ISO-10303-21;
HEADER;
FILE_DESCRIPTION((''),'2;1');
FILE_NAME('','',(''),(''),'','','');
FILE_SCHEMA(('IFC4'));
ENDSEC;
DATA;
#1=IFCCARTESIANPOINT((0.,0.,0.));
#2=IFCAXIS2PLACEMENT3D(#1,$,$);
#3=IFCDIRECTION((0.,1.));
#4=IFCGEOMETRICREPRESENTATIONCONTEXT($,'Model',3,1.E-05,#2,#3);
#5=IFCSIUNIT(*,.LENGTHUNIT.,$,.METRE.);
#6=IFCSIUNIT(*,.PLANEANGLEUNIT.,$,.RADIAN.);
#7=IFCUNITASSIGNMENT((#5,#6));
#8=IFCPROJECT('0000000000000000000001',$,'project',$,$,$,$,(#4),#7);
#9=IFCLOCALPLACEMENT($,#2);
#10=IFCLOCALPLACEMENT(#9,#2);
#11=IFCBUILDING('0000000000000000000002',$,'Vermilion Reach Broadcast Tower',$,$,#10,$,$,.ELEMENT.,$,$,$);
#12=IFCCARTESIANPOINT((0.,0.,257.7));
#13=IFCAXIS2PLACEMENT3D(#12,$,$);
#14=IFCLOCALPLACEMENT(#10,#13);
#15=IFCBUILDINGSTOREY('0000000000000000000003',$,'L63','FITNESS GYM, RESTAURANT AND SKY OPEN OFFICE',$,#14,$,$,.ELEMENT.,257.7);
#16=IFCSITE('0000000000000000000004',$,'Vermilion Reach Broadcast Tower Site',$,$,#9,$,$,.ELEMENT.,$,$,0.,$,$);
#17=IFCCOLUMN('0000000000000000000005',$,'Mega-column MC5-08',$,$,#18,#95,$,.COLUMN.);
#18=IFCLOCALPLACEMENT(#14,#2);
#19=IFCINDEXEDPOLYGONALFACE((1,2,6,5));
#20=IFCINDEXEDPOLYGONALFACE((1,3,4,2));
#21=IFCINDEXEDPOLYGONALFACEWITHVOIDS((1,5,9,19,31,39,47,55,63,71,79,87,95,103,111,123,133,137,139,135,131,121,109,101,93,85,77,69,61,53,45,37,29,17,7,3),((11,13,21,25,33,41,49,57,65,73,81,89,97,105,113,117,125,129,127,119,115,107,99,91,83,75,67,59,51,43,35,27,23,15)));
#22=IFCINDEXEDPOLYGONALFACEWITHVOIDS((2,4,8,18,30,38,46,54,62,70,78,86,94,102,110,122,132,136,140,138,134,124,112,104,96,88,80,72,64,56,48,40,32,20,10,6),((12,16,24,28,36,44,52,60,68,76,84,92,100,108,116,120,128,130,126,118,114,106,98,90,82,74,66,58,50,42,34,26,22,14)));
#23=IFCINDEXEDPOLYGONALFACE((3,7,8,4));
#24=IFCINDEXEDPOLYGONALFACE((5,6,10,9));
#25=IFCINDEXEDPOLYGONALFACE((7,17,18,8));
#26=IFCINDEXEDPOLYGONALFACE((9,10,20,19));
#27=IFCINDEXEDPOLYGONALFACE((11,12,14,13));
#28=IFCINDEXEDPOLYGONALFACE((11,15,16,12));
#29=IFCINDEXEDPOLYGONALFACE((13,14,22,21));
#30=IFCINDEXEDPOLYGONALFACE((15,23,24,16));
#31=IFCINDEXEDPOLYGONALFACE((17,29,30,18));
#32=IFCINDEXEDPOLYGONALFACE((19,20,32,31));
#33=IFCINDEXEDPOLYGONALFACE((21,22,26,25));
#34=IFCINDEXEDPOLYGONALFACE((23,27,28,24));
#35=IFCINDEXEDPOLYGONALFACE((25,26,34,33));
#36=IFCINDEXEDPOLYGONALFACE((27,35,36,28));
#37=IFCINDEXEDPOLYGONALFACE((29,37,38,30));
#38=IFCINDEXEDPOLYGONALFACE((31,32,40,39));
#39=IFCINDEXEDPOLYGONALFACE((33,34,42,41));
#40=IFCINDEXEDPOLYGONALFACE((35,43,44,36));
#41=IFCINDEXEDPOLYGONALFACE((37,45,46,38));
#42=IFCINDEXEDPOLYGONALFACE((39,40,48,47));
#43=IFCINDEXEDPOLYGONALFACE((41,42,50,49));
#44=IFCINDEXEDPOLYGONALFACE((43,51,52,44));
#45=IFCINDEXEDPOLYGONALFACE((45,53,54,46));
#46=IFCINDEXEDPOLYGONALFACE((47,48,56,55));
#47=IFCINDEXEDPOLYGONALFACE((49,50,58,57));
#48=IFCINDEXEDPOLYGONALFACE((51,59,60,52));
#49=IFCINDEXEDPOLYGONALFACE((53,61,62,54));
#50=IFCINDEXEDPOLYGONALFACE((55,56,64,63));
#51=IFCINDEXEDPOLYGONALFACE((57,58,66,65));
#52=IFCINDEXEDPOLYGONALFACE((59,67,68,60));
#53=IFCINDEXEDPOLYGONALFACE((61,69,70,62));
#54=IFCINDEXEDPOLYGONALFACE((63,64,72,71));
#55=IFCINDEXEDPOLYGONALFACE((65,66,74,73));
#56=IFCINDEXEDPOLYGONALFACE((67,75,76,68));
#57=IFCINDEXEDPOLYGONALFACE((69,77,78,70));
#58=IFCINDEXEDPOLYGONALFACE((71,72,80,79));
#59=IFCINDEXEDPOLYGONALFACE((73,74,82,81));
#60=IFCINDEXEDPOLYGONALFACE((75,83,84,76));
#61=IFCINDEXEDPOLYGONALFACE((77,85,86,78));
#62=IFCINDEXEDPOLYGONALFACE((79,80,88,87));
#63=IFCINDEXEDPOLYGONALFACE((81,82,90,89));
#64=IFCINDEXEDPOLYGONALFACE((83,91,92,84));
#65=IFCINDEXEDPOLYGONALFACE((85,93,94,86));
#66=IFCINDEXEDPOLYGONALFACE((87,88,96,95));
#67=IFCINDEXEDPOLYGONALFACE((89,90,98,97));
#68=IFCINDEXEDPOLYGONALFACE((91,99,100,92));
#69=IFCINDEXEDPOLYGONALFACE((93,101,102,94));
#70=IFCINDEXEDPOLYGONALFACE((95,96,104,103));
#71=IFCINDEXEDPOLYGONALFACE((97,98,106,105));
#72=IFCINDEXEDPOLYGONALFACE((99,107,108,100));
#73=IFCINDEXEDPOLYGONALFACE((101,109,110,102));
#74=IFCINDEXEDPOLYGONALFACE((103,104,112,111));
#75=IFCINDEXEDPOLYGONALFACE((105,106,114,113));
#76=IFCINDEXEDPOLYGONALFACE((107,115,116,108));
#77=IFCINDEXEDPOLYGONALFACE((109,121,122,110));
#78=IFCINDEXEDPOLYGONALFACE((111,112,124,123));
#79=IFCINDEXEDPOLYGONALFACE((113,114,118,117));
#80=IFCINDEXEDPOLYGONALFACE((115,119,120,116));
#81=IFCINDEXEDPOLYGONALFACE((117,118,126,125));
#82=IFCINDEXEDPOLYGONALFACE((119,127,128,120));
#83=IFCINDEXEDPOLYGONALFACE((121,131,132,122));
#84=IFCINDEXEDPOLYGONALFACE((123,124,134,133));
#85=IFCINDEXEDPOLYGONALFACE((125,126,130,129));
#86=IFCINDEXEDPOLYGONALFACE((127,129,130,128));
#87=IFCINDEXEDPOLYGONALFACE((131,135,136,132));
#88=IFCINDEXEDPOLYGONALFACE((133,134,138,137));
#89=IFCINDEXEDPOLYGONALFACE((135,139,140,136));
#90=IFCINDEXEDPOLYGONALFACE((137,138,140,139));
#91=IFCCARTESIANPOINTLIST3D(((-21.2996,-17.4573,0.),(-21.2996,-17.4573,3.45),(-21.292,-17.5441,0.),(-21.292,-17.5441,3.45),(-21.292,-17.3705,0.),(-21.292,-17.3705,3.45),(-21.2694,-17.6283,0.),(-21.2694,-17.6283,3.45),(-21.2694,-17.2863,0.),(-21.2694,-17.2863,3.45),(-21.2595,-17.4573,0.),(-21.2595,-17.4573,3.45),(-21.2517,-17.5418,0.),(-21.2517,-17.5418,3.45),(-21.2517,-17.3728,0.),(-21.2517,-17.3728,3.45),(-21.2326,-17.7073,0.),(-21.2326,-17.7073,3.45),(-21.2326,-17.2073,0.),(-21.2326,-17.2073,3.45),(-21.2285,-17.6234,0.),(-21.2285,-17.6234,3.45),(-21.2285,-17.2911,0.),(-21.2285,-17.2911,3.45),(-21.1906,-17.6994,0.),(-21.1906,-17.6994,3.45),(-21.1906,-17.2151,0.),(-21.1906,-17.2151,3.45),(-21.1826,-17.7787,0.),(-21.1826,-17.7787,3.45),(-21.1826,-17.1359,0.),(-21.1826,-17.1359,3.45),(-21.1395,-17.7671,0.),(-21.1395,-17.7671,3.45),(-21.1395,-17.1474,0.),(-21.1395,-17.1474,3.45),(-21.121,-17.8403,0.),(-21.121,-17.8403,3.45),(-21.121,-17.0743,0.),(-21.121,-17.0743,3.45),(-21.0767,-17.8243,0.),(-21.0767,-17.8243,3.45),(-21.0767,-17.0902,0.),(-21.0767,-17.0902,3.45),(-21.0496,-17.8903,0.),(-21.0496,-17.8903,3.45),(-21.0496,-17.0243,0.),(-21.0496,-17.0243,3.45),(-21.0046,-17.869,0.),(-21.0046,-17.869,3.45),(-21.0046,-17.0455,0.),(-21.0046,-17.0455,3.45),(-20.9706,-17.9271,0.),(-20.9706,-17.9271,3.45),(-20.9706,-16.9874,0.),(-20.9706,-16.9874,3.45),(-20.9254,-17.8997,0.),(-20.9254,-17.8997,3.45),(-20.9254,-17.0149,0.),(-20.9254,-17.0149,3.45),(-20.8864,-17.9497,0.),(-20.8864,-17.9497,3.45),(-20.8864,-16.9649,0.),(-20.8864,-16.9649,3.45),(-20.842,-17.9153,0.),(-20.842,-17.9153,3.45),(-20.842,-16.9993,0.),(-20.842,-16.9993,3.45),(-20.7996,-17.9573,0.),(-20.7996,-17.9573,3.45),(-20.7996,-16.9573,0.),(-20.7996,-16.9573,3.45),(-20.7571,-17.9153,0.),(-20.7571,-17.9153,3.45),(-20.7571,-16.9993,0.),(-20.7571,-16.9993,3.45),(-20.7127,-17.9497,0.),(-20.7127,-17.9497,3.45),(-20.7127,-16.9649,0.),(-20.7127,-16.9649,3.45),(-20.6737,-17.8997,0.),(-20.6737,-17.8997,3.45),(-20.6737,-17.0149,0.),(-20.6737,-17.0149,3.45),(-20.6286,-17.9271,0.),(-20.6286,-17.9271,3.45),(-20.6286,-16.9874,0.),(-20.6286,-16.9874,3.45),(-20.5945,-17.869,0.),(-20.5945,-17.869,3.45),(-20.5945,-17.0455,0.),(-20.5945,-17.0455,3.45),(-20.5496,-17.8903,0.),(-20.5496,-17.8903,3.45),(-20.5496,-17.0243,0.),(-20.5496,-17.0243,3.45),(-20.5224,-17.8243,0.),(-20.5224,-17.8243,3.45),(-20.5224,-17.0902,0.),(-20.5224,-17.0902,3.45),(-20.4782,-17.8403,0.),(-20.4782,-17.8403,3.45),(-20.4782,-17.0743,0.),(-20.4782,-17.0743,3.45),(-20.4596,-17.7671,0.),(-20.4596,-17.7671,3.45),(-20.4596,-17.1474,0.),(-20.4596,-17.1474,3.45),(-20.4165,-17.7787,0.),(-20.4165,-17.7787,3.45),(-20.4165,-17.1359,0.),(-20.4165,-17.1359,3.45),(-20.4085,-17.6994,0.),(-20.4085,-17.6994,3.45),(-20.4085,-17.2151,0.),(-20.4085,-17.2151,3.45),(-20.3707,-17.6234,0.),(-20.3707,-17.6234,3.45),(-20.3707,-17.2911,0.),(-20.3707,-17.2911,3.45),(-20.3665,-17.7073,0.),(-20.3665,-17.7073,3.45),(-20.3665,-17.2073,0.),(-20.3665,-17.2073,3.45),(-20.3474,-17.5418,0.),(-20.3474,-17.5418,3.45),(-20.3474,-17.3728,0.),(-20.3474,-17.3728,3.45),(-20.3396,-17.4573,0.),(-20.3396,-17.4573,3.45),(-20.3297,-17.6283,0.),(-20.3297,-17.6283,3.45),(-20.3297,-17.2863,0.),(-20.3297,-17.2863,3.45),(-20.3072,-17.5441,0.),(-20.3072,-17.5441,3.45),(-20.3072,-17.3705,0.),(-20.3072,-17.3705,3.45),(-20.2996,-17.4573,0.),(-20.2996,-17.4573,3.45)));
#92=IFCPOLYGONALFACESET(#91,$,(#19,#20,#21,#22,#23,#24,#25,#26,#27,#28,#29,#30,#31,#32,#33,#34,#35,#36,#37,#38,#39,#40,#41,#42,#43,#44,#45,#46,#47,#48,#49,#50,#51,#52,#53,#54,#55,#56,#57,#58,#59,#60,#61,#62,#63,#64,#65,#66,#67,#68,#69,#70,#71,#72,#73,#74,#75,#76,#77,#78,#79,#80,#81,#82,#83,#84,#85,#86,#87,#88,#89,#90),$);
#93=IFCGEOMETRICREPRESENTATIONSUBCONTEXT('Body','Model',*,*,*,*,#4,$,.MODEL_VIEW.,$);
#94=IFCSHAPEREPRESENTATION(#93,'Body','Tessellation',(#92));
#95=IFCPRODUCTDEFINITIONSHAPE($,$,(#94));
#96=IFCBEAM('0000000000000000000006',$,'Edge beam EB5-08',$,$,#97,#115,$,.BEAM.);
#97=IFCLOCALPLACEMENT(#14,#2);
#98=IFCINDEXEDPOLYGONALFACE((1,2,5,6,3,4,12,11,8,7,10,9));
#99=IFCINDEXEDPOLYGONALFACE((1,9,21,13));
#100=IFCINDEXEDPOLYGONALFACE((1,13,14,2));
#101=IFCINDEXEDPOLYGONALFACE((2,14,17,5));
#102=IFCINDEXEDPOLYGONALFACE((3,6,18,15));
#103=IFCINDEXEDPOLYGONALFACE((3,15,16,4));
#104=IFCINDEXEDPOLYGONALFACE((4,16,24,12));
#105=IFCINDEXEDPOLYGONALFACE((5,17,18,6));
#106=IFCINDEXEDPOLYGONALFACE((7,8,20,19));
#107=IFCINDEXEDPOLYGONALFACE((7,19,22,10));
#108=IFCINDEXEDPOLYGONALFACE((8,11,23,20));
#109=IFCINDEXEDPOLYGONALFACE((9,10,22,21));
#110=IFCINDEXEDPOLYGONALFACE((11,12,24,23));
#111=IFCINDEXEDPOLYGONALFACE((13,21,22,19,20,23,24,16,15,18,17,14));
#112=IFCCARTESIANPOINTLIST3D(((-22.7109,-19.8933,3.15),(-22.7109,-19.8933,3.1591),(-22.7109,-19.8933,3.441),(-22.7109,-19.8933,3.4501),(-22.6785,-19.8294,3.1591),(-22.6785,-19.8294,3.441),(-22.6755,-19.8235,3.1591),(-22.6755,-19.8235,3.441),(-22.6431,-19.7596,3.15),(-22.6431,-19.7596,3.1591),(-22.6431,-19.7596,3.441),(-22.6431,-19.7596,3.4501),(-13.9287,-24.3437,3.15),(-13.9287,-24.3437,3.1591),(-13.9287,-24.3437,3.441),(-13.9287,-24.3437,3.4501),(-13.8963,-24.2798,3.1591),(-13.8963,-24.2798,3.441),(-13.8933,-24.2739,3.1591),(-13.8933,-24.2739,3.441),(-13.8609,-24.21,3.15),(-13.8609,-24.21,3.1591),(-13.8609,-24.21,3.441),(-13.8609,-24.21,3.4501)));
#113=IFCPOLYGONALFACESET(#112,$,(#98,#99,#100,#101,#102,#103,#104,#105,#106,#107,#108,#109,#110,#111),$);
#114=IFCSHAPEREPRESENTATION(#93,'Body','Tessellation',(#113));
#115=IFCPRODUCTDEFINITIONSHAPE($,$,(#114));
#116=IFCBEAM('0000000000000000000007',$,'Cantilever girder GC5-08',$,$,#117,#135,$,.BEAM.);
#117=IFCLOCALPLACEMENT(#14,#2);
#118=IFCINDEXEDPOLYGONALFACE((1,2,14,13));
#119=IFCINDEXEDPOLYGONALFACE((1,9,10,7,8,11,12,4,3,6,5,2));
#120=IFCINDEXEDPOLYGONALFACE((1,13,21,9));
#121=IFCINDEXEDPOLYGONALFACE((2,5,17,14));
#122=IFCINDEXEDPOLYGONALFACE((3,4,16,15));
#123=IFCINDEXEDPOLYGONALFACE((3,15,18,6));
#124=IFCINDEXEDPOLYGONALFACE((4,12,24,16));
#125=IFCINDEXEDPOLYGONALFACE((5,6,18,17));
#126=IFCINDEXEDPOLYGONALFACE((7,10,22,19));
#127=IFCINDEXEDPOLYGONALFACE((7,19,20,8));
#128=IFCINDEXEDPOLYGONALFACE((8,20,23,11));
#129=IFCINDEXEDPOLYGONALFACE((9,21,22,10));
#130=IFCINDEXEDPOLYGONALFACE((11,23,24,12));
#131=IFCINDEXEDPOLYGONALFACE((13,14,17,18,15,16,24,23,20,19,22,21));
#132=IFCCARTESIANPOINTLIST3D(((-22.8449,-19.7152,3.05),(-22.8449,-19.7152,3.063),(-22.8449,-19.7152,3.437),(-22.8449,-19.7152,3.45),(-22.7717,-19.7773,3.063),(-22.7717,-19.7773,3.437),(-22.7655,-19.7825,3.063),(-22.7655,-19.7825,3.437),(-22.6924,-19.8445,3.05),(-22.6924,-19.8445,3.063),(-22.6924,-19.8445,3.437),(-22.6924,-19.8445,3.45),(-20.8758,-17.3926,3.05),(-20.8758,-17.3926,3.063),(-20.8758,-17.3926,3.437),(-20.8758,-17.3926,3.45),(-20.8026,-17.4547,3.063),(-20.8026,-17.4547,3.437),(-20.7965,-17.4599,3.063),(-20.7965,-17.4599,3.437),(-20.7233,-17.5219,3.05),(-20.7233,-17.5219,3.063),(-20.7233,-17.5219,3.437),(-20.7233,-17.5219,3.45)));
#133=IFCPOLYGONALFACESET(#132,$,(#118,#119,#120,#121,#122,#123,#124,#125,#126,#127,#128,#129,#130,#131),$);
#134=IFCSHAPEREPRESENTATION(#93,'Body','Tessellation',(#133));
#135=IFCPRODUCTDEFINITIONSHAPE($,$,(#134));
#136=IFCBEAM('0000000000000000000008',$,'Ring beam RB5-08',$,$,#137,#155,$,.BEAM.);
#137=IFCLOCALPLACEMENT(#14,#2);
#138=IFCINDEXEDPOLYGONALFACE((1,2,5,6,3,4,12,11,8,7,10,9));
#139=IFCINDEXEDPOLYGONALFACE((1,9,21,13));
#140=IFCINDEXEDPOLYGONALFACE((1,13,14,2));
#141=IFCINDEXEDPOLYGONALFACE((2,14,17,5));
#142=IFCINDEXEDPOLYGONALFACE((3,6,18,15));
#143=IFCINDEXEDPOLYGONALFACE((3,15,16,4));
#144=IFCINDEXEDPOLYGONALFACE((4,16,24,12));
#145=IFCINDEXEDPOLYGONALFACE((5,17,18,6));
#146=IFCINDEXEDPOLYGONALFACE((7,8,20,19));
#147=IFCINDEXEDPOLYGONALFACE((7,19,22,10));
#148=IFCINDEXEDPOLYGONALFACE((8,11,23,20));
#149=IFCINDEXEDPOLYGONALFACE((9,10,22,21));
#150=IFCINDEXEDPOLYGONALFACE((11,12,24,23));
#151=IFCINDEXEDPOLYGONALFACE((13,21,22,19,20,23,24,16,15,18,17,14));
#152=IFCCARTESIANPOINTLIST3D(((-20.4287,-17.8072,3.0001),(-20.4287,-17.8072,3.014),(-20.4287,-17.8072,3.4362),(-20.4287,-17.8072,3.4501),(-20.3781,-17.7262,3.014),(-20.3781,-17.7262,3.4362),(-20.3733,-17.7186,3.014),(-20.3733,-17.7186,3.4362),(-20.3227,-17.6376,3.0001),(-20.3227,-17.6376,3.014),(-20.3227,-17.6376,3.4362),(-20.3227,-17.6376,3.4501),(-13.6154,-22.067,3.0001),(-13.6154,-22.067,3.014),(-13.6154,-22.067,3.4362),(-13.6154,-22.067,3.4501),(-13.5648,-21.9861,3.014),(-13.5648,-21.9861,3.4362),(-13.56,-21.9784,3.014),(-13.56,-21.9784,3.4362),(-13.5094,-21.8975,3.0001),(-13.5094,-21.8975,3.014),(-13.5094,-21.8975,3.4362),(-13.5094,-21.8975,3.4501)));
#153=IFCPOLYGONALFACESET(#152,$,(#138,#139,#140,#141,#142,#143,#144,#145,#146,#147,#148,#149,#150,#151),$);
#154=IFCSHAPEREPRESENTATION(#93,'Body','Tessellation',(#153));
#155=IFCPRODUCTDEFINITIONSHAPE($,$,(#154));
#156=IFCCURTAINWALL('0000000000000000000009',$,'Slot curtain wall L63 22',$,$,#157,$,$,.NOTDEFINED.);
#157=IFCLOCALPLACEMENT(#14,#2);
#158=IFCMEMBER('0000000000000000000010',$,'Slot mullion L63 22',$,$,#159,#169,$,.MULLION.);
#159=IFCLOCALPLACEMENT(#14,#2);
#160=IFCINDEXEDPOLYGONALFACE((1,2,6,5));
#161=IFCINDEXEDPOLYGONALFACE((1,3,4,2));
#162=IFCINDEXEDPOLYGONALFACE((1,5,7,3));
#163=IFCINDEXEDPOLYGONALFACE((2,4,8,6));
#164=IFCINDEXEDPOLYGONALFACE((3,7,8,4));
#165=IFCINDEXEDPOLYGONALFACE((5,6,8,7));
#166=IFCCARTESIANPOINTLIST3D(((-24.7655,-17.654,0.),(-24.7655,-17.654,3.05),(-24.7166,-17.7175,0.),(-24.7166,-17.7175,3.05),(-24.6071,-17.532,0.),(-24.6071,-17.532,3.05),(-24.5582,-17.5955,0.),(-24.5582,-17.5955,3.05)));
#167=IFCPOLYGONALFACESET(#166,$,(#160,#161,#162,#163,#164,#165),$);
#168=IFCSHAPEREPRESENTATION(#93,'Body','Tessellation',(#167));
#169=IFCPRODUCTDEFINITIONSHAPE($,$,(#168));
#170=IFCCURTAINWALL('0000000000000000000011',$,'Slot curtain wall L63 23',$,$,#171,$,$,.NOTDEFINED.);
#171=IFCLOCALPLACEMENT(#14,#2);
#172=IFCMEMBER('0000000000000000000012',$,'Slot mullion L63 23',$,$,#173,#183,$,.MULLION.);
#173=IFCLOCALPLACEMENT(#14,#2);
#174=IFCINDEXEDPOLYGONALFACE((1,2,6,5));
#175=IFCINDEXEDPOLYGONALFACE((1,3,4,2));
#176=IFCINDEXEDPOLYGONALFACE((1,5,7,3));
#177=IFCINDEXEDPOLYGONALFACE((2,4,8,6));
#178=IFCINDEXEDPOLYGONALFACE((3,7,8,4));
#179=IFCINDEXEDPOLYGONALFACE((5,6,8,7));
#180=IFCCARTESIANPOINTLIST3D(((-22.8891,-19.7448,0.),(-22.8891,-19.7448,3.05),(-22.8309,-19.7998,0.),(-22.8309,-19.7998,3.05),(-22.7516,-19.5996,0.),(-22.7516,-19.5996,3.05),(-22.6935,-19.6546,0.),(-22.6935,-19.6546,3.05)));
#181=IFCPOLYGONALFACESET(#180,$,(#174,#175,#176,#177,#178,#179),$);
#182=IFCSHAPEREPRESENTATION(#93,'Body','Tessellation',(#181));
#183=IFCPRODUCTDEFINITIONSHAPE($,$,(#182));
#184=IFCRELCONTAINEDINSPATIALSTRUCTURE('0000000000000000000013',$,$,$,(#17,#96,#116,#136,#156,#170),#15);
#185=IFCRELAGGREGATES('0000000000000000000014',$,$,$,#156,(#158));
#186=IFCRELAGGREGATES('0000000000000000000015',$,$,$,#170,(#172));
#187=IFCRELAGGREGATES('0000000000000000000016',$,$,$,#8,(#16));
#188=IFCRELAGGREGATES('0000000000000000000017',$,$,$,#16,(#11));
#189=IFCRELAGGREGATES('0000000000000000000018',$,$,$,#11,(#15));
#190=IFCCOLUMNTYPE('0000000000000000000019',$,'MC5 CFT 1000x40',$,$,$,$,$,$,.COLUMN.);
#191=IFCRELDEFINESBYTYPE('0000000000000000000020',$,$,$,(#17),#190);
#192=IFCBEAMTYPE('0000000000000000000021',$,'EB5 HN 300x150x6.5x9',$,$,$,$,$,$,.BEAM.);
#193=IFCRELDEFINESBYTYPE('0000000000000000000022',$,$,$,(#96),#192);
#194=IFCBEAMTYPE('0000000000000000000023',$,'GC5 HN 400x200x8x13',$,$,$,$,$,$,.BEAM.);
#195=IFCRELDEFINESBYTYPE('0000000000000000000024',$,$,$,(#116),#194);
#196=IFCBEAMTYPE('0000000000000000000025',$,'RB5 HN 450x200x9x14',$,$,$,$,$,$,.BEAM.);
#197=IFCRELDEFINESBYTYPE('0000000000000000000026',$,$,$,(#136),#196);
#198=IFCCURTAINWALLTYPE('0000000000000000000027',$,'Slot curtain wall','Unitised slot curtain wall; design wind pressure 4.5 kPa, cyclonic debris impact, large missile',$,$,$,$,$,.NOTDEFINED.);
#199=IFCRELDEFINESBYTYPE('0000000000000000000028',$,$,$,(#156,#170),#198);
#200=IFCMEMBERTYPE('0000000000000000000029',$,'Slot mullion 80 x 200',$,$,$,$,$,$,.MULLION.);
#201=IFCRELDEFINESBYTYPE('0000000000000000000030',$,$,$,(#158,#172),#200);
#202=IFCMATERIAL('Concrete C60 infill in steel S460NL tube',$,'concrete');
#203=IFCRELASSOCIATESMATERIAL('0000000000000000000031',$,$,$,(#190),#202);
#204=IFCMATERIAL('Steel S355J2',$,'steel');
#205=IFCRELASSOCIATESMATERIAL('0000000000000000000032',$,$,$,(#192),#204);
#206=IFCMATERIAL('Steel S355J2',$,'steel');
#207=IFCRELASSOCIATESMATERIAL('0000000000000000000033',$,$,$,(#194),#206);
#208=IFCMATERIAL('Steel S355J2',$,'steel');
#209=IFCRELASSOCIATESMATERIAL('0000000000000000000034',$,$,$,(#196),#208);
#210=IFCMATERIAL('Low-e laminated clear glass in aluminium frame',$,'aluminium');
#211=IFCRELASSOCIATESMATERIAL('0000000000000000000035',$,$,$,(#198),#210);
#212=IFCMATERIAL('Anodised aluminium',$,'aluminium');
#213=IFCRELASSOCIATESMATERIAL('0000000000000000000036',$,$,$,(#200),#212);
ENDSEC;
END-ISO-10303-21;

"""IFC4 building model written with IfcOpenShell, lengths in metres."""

from ifc_helpers import new_model, si_unit, direction, frame, origin, origin_2d, place, context, subcontext, project, spatial, rectangle, hollow_circle, i_section, extrude, material, material_profile, profile_set, type_object, element, aggregate, save


model = new_model("IFC4")

# Units and contexts
model_context = context("Model", 3, precision=1e-05, world=origin(), true_north=direction((0.0, 1.0)))
body_context = subcontext(model_context, "Body", "Model", "MODEL_VIEW")
ifc_project = project(units=[si_unit("LENGTHUNIT", "METRE"), si_unit("PLANEANGLEUNIT", "RADIAN")], contexts=[model_context])

# Site, building, storey
site_placement = place(None, origin())
site = spatial("IfcSite", under=ifc_project, at=site_placement, Name="Vermilion Reach Broadcast Tower Site", CompositionType="ELEMENT", RefElevation=0.0)
building_placement = place(site_placement, origin())
building = spatial("IfcBuilding", under=site, at=building_placement, Name="Vermilion Reach Broadcast Tower", CompositionType="ELEMENT")
storey_placement = place(building_placement, frame((0.0, 0.0, 257.7)))
storey = spatial("IfcBuildingStorey", under=building, at=storey_placement, Name="L63", Description="FITNESS GYM, RESTAURANT AND SKY OPEN OFFICE", CompositionType="ELEMENT", Elevation=257.7)

# Column
ifc_material_1 = material(Name="Concrete C60 infill in steel S460NL tube", Category="concrete")
ifc_material_profile_1 = material_profile(ifc_material_1, hollow_circle(Radius=0.5, WallThickness=0.04, at=origin_2d()), Name="Concrete C60 infill in steel S460NL tube CFT 1000x40")
ifc_profile_set_1 = profile_set([ifc_material_profile_1], Name="Concrete C60 infill in steel S460NL tube")
column_type = type_object("IfcColumnType", Name="MC5 CFT 1000x40", PredefinedType="COLUMN", material=ifc_profile_set_1)
column_placement = place(storey_placement, frame((-20.7996, -17.4573, 0.0), z_axis=(0.0, 0.0, 1.0), x_axis=(1.0, 0.0, 0.0)))
element("IfcColumn", 1, at=column_placement, inside=storey, type_object=column_type, Name="Mega-column MC5-08", PredefinedType="COLUMN", context=body_context, shape_type="SweptSolid", body=[
    extrude(hollow_circle(Radius=0.5, WallThickness=0.04, at=origin_2d()), origin(), (0.0, 0.0, 1.0), 3.45),
])

# Beams
ifc_material_2 = material(Name="Steel S355J2", Category="steel")
ifc_material_profile_2 = material_profile(ifc_material_2, i_section(OverallWidth=0.1499, OverallDepth=0.3, WebThickness=0.0066, FlangeThickness=0.009, at=origin_2d()), Name="S355J2 HN 300x150x6.5x9")
ifc_profile_set_2 = profile_set([ifc_material_profile_2], Name="Steel S355J2")
beam_type_1 = type_object("IfcBeamType", Name="EB5 HN 300x150x6.5x9", PredefinedType="BEAM", material=ifc_profile_set_2)
beam_1_placement = place(storey_placement, frame((-22.677, -19.8264, 3.3), z_axis=(0.892004, -0.452028, 0.0), x_axis=(0.452028, 0.892004, 0.0)))
element("IfcBeam", 2, at=beam_1_placement, inside=storey, type_object=beam_type_1, Name="Edge beam EB5-08", PredefinedType="BEAM", context=body_context, shape_type="SweptSolid", body=[
    extrude(i_section(OverallWidth=0.1499, OverallDepth=0.3, WebThickness=0.0066, FlangeThickness=0.009, at=origin_2d()), origin(), (0.0, 0.0, 1.0), 9.8455),
])
ifc_material_3 = material(Name="Steel S355J2", Category="steel")
ifc_material_profile_3 = material_profile(ifc_material_3, i_section(OverallWidth=0.2, OverallDepth=0.3999, WebThickness=0.0081, FlangeThickness=0.0129, at=origin_2d()), Name="S355J2 HN 400x200x8x13")
ifc_profile_set_3 = profile_set([ifc_material_profile_3], Name="Steel S355J2")
beam_type_2 = type_object("IfcBeamType", Name="GC5 HN 400x200x8x13", PredefinedType="BEAM", material=ifc_profile_set_3)
beam_2_placement = place(storey_placement, frame((-20.7996, -17.4573, 3.25), z_axis=(-0.646668, -0.762772, 0.0), x_axis=(0.762772, -0.646668, 0.0)))
element("IfcBeam", 3, at=beam_2_placement, inside=storey, type_object=beam_type_2, Name="Cantilever girder GC5-08", PredefinedType="BEAM", context=body_context, shape_type="SweptSolid", body=[
    extrude(i_section(OverallWidth=0.2, OverallDepth=0.3999, WebThickness=0.0081, FlangeThickness=0.0129, at=origin_2d()), origin(), (0.0, 0.0, 1.0), 3.0449),
])
ifc_material_4 = material(Name="Steel S355J2", Category="steel")
ifc_material_profile_4 = material_profile(ifc_material_4, i_section(OverallWidth=0.2, OverallDepth=0.45, WebThickness=0.009, FlangeThickness=0.0139, at=origin_2d()), Name="S355J2 HN 450x200x9x14")
ifc_profile_set_4 = profile_set([ifc_material_profile_4], Name="Steel S355J2")
beam_type_3 = type_object("IfcBeamType", Name="RB5 HN 450x200x9x14", PredefinedType="BEAM", material=ifc_profile_set_4)
beam_3_placement = place(storey_placement, frame((-20.3757, -17.7224, 3.2251), z_axis=(0.847915, -0.530133, 0.0), x_axis=(0.530133, 0.847915, 0.0)))
element("IfcBeam", 4, at=beam_3_placement, inside=storey, type_object=beam_type_3, Name="Ring beam RB5-08", PredefinedType="BEAM", context=body_context, shape_type="SweptSolid", body=[
    extrude(i_section(OverallWidth=0.2, OverallDepth=0.45, WebThickness=0.009, FlangeThickness=0.0139, at=origin_2d()), origin(), (0.0, 0.0, 1.0), 8.0354),
])

# Curtain walls, members
ifc_material_5 = material(Name="Low-e laminated clear glass in aluminium frame", Category="aluminium")
curtain_wall_type = type_object("IfcCurtainWallType", Name="Slot curtain wall", Description="Unitised slot curtain wall; design wind pressure 4.5 kPa, cyclonic debris impact, large missile", PredefinedType="NOTDEFINED", material=ifc_material_5)
placement = place(storey_placement, origin())
curtain_wall_1 = element("IfcCurtainWall", 5, at=placement, inside=storey, type_object=curtain_wall_type, Name="Slot curtain wall L63 22", PredefinedType="NOTDEFINED")
ifc_material_6 = material(Name="Anodised aluminium", Category="aluminium")
ifc_material_profile_5 = material_profile(ifc_material_6, rectangle(XDim=0.2, YDim=0.0801, at=origin_2d()), Name="Slot mullion 80 x 200")
ifc_profile_set_5 = profile_set([ifc_material_profile_5], Name="Anodised aluminium")
member_type_1 = type_object("IfcMemberType", Name="Slot mullion 80 x 200", PredefinedType="MULLION", material=ifc_profile_set_5)
member_1_placement = place(storey_placement, frame((-24.6619, -17.6248, 0.0), z_axis=(0.0, 0.0, 1.0), x_axis=(0.79222, 0.610235, 0.0)))
member_1 = element("IfcMember", 6, at=member_1_placement, type_object=member_type_1, Name="Slot mullion L63 22", PredefinedType="MULLION", context=body_context, shape_type="SweptSolid", body=[
    extrude(rectangle(XDim=0.2, YDim=0.0801, at=origin_2d()), origin(), (0.0, 0.0, 1.0), 3.05),
])
curtain_wall_2 = element("IfcCurtainWall", 7, at=placement, inside=storey, type_object=curtain_wall_type, Name="Slot curtain wall L63 23", PredefinedType="NOTDEFINED")
member_2_placement = place(storey_placement, frame((-22.7913, -19.6997, 0.0), z_axis=(0.0, 0.0, 1.0), x_axis=(0.687454, 0.726228, 0.0)))
member_2 = element("IfcMember", 8, at=member_2_placement, type_object=member_type_1, Name="Slot mullion L63 23", PredefinedType="MULLION", context=body_context, shape_type="SweptSolid", body=[
    extrude(rectangle(XDim=0.2, YDim=0.0801, at=origin_2d()), origin(), (0.0, 0.0, 1.0), 3.05),
])

aggregate(curtain_wall_1, [member_1])
aggregate(curtain_wall_2, [member_2])

save(model, "model.ifc")
